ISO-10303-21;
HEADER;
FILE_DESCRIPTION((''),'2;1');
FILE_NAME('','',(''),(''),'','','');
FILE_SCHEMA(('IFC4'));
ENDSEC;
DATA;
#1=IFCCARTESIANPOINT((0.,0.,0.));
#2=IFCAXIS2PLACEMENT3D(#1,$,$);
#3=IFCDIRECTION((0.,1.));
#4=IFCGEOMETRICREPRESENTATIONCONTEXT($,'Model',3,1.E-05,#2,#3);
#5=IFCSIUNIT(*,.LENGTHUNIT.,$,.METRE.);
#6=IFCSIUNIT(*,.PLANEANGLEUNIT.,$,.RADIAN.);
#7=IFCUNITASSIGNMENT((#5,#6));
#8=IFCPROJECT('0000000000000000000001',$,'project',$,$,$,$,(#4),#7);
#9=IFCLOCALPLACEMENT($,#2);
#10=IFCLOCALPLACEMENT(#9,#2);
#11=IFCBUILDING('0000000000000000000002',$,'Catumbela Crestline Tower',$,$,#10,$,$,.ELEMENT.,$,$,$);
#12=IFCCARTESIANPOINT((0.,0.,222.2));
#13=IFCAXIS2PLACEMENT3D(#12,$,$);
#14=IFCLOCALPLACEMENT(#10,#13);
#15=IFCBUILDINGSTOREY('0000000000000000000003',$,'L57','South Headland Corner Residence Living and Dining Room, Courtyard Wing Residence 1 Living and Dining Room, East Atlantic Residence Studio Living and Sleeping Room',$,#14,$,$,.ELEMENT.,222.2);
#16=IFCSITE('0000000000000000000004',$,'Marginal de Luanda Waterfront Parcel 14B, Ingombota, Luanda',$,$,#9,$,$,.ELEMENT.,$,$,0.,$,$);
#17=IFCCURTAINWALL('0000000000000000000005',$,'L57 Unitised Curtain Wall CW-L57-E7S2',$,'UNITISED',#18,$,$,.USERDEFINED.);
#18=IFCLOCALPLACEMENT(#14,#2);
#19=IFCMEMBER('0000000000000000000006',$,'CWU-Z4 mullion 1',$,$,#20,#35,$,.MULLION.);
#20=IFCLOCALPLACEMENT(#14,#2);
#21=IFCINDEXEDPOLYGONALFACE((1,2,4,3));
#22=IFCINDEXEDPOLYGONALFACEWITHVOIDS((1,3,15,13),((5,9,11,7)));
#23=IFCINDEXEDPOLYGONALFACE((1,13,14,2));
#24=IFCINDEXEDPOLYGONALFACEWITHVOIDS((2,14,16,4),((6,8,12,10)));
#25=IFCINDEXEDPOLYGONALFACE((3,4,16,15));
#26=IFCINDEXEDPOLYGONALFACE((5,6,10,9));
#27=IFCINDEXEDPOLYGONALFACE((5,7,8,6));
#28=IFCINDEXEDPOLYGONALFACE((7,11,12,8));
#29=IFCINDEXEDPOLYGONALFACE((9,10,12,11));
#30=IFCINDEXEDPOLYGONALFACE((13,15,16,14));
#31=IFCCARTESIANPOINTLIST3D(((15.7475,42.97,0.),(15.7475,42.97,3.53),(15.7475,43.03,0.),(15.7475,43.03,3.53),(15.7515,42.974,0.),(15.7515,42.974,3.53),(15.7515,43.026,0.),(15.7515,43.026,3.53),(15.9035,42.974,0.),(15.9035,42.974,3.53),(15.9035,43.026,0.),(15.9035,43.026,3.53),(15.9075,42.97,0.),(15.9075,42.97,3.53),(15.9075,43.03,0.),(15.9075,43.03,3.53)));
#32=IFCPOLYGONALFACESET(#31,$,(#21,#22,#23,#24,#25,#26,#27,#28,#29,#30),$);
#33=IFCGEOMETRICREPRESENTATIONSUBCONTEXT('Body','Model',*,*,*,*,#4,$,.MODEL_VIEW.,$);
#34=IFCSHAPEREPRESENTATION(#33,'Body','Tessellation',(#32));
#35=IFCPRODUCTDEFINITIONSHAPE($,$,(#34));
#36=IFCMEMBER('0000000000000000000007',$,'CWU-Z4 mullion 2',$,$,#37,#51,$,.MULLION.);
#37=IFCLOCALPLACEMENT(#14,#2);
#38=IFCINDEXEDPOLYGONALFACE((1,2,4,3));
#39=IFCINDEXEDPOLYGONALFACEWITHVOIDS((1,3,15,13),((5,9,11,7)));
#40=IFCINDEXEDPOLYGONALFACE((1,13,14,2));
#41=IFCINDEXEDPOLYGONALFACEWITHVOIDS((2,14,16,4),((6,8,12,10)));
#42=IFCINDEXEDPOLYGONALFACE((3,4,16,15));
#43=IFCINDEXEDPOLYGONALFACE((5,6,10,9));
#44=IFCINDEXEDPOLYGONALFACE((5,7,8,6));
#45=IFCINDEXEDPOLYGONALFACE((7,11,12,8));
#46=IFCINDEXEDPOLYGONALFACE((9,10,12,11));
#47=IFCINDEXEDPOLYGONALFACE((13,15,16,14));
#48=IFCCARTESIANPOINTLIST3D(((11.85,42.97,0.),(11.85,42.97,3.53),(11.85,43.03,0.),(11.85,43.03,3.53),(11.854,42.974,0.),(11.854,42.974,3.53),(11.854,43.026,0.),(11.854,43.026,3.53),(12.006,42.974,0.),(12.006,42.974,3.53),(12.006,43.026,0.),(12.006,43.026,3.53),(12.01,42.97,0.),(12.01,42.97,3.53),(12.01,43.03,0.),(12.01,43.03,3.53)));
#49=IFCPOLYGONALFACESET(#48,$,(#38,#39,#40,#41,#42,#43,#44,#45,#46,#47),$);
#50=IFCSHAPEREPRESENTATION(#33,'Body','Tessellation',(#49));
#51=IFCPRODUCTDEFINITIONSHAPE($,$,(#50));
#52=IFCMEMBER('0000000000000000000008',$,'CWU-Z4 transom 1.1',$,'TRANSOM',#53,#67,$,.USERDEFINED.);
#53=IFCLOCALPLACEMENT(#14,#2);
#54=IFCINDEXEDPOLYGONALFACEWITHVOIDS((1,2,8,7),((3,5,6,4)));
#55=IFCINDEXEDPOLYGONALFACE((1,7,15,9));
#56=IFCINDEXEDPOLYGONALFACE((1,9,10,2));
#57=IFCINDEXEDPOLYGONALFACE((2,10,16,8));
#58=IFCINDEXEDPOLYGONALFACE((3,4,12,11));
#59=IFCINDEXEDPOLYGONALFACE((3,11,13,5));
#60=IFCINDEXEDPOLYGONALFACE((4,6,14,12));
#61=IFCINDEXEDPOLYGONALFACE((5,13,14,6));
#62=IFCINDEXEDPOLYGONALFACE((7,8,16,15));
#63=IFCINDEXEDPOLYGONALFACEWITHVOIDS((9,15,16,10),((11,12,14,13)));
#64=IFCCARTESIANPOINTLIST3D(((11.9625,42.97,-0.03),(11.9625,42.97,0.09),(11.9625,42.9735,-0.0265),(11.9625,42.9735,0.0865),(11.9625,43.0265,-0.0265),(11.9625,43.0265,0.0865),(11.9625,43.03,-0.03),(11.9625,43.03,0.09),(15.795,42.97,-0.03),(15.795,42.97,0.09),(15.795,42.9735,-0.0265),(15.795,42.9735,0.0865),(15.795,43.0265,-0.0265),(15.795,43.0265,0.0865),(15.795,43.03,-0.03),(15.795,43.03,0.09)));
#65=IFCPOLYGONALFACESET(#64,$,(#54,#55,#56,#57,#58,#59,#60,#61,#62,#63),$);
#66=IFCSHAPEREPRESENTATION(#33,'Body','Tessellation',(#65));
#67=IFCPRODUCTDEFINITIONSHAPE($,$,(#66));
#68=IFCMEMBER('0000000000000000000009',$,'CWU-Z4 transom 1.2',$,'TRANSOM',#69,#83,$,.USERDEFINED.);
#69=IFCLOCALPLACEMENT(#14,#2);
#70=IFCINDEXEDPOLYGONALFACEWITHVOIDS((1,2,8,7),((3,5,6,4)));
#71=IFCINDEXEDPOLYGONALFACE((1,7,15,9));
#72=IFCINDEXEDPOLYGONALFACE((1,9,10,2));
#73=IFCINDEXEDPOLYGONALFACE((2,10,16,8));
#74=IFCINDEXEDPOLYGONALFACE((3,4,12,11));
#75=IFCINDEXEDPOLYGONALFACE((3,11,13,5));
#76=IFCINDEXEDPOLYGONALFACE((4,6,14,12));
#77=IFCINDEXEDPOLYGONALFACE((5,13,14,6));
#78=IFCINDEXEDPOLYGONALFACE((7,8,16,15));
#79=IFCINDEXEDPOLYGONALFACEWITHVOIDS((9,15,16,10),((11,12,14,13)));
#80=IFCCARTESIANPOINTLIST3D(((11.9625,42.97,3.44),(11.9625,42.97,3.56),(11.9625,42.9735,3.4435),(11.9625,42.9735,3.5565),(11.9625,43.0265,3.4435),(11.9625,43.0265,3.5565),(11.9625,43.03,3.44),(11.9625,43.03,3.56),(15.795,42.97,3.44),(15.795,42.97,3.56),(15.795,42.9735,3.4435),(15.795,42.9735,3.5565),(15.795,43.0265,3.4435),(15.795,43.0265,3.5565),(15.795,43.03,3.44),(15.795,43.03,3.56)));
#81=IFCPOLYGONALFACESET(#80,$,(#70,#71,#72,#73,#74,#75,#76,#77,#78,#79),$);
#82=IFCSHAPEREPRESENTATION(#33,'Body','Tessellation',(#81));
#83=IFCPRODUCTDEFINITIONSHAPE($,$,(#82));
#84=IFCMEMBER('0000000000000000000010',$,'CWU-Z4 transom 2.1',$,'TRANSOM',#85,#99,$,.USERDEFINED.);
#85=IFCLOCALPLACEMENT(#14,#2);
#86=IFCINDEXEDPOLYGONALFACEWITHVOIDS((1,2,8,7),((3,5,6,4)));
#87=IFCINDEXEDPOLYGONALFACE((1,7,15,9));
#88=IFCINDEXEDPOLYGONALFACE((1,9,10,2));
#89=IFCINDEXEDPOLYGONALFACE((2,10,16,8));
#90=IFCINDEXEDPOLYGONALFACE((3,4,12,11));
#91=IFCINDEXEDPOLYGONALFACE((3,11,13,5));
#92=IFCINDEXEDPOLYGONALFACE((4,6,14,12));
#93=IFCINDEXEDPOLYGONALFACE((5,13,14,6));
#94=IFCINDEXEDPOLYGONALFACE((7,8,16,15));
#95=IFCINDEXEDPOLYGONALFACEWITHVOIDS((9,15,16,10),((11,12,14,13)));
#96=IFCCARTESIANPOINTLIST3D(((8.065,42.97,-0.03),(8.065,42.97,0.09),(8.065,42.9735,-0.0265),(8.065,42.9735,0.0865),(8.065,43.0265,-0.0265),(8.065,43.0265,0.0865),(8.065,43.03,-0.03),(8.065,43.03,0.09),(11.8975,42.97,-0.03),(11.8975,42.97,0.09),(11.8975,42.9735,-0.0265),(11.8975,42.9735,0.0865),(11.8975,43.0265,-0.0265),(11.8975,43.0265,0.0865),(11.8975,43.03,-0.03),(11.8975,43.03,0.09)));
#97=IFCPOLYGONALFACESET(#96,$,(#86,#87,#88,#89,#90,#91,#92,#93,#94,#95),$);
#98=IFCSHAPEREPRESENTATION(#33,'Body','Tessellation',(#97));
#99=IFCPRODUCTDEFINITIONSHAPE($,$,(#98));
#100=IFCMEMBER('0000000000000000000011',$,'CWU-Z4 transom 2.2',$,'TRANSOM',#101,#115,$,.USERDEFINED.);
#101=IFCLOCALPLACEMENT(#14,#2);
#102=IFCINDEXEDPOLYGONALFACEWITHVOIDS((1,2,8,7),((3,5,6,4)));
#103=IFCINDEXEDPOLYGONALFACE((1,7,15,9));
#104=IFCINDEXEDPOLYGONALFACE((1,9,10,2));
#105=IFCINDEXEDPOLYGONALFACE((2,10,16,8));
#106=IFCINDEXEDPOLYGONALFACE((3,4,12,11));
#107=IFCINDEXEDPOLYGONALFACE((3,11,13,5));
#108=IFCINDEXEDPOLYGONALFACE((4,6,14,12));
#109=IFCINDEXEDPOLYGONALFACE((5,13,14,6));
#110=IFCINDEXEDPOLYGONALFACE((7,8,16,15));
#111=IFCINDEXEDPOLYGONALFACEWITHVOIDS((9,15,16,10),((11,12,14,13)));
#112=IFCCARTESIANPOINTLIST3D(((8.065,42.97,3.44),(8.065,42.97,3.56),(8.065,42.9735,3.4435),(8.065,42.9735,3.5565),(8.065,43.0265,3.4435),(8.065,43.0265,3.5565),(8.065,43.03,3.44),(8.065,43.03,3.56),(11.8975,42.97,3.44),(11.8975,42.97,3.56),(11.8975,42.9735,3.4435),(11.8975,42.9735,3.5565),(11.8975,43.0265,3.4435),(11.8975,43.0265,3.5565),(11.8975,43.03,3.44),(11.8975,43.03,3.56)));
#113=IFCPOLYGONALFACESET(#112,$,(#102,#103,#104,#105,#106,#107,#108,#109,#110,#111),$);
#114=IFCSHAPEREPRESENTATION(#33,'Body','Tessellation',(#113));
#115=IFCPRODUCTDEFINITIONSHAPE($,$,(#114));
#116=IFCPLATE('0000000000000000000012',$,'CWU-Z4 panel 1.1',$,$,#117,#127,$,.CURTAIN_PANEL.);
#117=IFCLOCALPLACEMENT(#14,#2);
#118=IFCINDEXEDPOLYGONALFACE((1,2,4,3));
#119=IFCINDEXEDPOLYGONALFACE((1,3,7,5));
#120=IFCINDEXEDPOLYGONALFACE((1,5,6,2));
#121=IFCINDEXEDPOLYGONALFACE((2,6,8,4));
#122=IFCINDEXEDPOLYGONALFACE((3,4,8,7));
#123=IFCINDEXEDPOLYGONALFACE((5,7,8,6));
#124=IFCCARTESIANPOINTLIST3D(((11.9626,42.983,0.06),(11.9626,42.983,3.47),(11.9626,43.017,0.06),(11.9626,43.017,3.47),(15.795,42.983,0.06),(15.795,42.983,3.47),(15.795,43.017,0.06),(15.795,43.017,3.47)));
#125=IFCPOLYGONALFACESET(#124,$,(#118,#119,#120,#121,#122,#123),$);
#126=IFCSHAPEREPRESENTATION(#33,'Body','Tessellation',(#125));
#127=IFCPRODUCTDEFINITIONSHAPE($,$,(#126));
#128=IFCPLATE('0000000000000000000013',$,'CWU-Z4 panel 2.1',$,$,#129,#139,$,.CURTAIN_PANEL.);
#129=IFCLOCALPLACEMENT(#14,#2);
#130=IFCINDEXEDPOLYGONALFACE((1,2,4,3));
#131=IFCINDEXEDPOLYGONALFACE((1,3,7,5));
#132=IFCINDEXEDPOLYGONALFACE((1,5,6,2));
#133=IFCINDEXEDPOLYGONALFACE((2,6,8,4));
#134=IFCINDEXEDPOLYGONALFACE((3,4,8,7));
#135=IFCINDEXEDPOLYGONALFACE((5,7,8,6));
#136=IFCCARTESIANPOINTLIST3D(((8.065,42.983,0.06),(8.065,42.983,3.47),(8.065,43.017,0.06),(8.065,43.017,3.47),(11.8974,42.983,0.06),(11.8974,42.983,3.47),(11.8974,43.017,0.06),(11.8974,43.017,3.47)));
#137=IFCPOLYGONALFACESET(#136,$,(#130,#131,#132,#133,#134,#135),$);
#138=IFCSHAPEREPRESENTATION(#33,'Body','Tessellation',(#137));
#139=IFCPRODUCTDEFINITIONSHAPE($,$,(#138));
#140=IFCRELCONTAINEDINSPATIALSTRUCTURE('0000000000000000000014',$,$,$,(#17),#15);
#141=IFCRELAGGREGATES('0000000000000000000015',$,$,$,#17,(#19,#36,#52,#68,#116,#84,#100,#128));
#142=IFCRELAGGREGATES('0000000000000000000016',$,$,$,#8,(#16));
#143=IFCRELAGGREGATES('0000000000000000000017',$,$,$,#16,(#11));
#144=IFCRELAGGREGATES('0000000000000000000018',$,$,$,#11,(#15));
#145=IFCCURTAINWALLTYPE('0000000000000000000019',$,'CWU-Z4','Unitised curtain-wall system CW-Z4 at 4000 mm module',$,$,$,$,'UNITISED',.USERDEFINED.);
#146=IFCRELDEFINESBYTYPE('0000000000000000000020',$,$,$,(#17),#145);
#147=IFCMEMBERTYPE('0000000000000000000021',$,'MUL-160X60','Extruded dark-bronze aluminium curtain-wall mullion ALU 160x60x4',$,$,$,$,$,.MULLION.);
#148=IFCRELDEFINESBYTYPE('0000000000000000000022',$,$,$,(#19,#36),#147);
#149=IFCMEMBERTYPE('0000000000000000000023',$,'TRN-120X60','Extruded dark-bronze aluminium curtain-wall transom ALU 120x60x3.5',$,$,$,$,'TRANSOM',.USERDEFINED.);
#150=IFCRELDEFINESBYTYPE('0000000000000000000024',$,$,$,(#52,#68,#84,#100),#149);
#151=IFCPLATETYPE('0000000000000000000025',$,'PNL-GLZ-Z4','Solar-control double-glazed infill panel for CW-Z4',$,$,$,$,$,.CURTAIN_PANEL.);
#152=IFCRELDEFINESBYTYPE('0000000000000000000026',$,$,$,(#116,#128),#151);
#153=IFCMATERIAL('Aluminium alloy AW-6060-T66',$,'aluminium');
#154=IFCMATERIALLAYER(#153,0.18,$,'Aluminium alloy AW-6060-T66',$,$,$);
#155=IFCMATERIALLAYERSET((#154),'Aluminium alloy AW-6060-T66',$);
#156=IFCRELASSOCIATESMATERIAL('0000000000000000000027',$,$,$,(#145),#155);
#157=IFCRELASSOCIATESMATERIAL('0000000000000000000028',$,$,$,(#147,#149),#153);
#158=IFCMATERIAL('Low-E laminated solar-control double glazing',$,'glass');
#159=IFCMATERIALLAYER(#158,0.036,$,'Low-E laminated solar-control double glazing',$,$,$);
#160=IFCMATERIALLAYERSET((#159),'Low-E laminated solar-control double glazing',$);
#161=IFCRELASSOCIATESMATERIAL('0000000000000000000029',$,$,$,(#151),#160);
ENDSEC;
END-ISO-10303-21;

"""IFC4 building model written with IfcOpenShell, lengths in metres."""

from ifc_helpers import new_model, si_unit, direction, frame, origin, origin_2d, place, context, subcontext, project, spatial, rectangle, hollow_rectangle, extrude, material, layer, layer_set, material_profile, profile_set, type_object, element, aggregate, save


model = new_model("IFC4")

# Units and contexts
model_context = context("Model", 3, precision=1e-05, world=origin(), true_north=direction((0.0, 1.0)))
body_context = subcontext(model_context, "Body", "Model", "MODEL_VIEW")
ifc_project = project(units=[si_unit("LENGTHUNIT", "METRE"), si_unit("PLANEANGLEUNIT", "RADIAN")], contexts=[model_context])

# Site, building, storey
site_placement = place(None, origin())
site = spatial("IfcSite", under=ifc_project, at=site_placement, Name="Marginal de Luanda Waterfront Parcel 14B, Ingombota, Luanda", CompositionType="ELEMENT", RefElevation=0.0)
building_placement = place(site_placement, origin())
building = spatial("IfcBuilding", under=site, at=building_placement, Name="Catumbela Crestline Tower", CompositionType="ELEMENT")
storey_placement = place(building_placement, frame((0.0, 0.0, 222.2)))
storey = spatial("IfcBuildingStorey", under=building, at=storey_placement, Name="L57", Description="South Headland Corner Residence Living and Dining Room, Courtyard Wing Residence 1 Living and Dining Room, East Atlantic Residence Studio Living and Sleeping Room", CompositionType="ELEMENT", Elevation=222.2)

# Curtain wall, members, plates
ifc_material_1 = material(Name="Aluminium alloy AW-6060-T66", Category="aluminium")
ifc_layer_1 = layer(ifc_material_1, 0.18, Name="Aluminium alloy AW-6060-T66")
ifc_layer_set_1 = layer_set([ifc_layer_1], Name="Aluminium alloy AW-6060-T66")
curtain_wall_type = type_object("IfcCurtainWallType", Name="CWU-Z4", Description="Unitised curtain-wall system CW-Z4 at 4000 mm module", ElementType="UNITISED", PredefinedType="USERDEFINED", material=ifc_layer_set_1)
curtain_wall_placement = place(storey_placement, origin())
curtain_wall = element("IfcCurtainWall", 1, at=curtain_wall_placement, inside=storey, type_object=curtain_wall_type, Name="L57 Unitised Curtain Wall CW-L57-E7S2", ObjectType="UNITISED", PredefinedType="USERDEFINED")
ifc_material_profile_1 = material_profile(ifc_material_1, hollow_rectangle(XDim=0.06, YDim=0.16, WallThickness=0.004, at=origin_2d()), Name="ALU 160x60x4")
ifc_profile_set_1 = profile_set([ifc_material_profile_1], Name="Aluminium alloy AW-6060-T66")
member_type_1 = type_object("IfcMemberType", Name="MUL-160X60", Description="Extruded dark-bronze aluminium curtain-wall mullion ALU 160x60x4", PredefinedType="MULLION", material=ifc_profile_set_1)
member_1_placement = place(storey_placement, frame((15.8275, 43.0, 0.0), z_axis=(0.0, 0.0, 1.0), x_axis=(0.0, -1.0, 0.0)))
member_1 = element("IfcMember", 2, at=member_1_placement, type_object=member_type_1, Name="CWU-Z4 mullion 1", PredefinedType="MULLION", context=body_context, shape_type="SweptSolid", body=[
    extrude(hollow_rectangle(XDim=0.06, YDim=0.16, WallThickness=0.004, at=origin_2d()), origin(), (0.0, 0.0, 1.0), 3.53),
])
member_2_placement = place(storey_placement, frame((11.93, 43.0, 0.0), z_axis=(0.0, 0.0, 1.0), x_axis=(0.0, -1.0, 0.0)))
member_2 = element("IfcMember", 3, at=member_2_placement, type_object=member_type_1, Name="CWU-Z4 mullion 2", PredefinedType="MULLION", context=body_context, shape_type="SweptSolid", body=[
    extrude(hollow_rectangle(XDim=0.06, YDim=0.16, WallThickness=0.004, at=origin_2d()), origin(), (0.0, 0.0, 1.0), 3.53),
])
ifc_material_profile_2 = material_profile(ifc_material_1, hollow_rectangle(XDim=0.06, YDim=0.12, WallThickness=0.0035, at=origin_2d()), Name="ALU 120x60x3.5")
ifc_profile_set_2 = profile_set([ifc_material_profile_2], Name="Aluminium alloy AW-6060-T66")
member_type_2 = type_object("IfcMemberType", Name="TRN-120X60", Description="Extruded dark-bronze aluminium curtain-wall transom ALU 120x60x3.5", ElementType="TRANSOM", PredefinedType="USERDEFINED", material=ifc_profile_set_2)
member_3_placement = place(storey_placement, frame((15.795, 43.0, 0.03), z_axis=(-1.0, 0.0, 0.0), x_axis=(0.0, -1.0, 0.0)))
member_3 = element("IfcMember", 4, at=member_3_placement, type_object=member_type_2, Name="CWU-Z4 transom 1.1", ObjectType="TRANSOM", PredefinedType="USERDEFINED", context=body_context, shape_type="SweptSolid", body=[
    extrude(hollow_rectangle(XDim=0.06, YDim=0.12, WallThickness=0.0035, at=origin_2d()), origin(), (0.0, 0.0, 1.0), 3.8325),
])
member_4_placement = place(storey_placement, frame((15.795, 43.0, 3.5), z_axis=(-1.0, 0.0, 0.0), x_axis=(0.0, -1.0, 0.0)))
member_4 = element("IfcMember", 5, at=member_4_placement, type_object=member_type_2, Name="CWU-Z4 transom 1.2", ObjectType="TRANSOM", PredefinedType="USERDEFINED", context=body_context, shape_type="SweptSolid", body=[
    extrude(hollow_rectangle(XDim=0.06, YDim=0.12, WallThickness=0.0035, at=origin_2d()), origin(), (0.0, 0.0, 1.0), 3.8325),
])
member_5_placement = place(storey_placement, frame((11.8975, 43.0, 0.03), z_axis=(-1.0, 0.0, 0.0), x_axis=(0.0, -1.0, 0.0)))
member_5 = element("IfcMember", 6, at=member_5_placement, type_object=member_type_2, Name="CWU-Z4 transom 2.1", ObjectType="TRANSOM", PredefinedType="USERDEFINED", context=body_context, shape_type="SweptSolid", body=[
    extrude(hollow_rectangle(XDim=0.06, YDim=0.12, WallThickness=0.0035, at=origin_2d()), origin(), (0.0, 0.0, 1.0), 3.8325),
])
member_6_placement = place(storey_placement, frame((11.8975, 43.0, 3.5), z_axis=(-1.0, 0.0, 0.0), x_axis=(0.0, -1.0, 0.0)))
member_6 = element("IfcMember", 7, at=member_6_placement, type_object=member_type_2, Name="CWU-Z4 transom 2.2", ObjectType="TRANSOM", PredefinedType="USERDEFINED", context=body_context, shape_type="SweptSolid", body=[
    extrude(hollow_rectangle(XDim=0.06, YDim=0.12, WallThickness=0.0035, at=origin_2d()), origin(), (0.0, 0.0, 1.0), 3.8325),
])
ifc_material_2 = material(Name="Low-E laminated solar-control double glazing", Category="glass")
ifc_layer_2 = layer(ifc_material_2, 0.036, Name="Low-E laminated solar-control double glazing")
ifc_layer_set_2 = layer_set([ifc_layer_2], Name="Low-E laminated solar-control double glazing")
plate_type = type_object("IfcPlateType", Name="PNL-GLZ-Z4", Description="Solar-control double-glazed infill panel for CW-Z4", PredefinedType="CURTAIN_PANEL", material=ifc_layer_set_2)
plate_1_placement = place(storey_placement, frame((13.8788, 43.0, 0.06), z_axis=(0.0, 0.0, 1.0), x_axis=(-1.0, 0.0, 0.0)))
plate_1 = element("IfcPlate", 8, at=plate_1_placement, type_object=plate_type, Name="CWU-Z4 panel 1.1", PredefinedType="CURTAIN_PANEL", context=body_context, shape_type="SweptSolid", body=[
    extrude(rectangle(XDim=3.8325, YDim=0.034, at=origin_2d()), origin(), (0.0, 0.0, 1.0), 3.41),
])
plate_2_placement = place(storey_placement, frame((9.9812, 43.0, 0.06), z_axis=(0.0, 0.0, 1.0), x_axis=(-1.0, 0.0, 0.0)))
plate_2 = element("IfcPlate", 9, at=plate_2_placement, type_object=plate_type, Name="CWU-Z4 panel 2.1", PredefinedType="CURTAIN_PANEL", context=body_context, shape_type="SweptSolid", body=[
    extrude(rectangle(XDim=3.8325, YDim=0.034, at=origin_2d()), origin(), (0.0, 0.0, 1.0), 3.41),
])
aggregate(curtain_wall, [member_1, member_2, member_3, member_4, plate_1, member_5, member_6, plate_2])

save(model, "model.ifc")
